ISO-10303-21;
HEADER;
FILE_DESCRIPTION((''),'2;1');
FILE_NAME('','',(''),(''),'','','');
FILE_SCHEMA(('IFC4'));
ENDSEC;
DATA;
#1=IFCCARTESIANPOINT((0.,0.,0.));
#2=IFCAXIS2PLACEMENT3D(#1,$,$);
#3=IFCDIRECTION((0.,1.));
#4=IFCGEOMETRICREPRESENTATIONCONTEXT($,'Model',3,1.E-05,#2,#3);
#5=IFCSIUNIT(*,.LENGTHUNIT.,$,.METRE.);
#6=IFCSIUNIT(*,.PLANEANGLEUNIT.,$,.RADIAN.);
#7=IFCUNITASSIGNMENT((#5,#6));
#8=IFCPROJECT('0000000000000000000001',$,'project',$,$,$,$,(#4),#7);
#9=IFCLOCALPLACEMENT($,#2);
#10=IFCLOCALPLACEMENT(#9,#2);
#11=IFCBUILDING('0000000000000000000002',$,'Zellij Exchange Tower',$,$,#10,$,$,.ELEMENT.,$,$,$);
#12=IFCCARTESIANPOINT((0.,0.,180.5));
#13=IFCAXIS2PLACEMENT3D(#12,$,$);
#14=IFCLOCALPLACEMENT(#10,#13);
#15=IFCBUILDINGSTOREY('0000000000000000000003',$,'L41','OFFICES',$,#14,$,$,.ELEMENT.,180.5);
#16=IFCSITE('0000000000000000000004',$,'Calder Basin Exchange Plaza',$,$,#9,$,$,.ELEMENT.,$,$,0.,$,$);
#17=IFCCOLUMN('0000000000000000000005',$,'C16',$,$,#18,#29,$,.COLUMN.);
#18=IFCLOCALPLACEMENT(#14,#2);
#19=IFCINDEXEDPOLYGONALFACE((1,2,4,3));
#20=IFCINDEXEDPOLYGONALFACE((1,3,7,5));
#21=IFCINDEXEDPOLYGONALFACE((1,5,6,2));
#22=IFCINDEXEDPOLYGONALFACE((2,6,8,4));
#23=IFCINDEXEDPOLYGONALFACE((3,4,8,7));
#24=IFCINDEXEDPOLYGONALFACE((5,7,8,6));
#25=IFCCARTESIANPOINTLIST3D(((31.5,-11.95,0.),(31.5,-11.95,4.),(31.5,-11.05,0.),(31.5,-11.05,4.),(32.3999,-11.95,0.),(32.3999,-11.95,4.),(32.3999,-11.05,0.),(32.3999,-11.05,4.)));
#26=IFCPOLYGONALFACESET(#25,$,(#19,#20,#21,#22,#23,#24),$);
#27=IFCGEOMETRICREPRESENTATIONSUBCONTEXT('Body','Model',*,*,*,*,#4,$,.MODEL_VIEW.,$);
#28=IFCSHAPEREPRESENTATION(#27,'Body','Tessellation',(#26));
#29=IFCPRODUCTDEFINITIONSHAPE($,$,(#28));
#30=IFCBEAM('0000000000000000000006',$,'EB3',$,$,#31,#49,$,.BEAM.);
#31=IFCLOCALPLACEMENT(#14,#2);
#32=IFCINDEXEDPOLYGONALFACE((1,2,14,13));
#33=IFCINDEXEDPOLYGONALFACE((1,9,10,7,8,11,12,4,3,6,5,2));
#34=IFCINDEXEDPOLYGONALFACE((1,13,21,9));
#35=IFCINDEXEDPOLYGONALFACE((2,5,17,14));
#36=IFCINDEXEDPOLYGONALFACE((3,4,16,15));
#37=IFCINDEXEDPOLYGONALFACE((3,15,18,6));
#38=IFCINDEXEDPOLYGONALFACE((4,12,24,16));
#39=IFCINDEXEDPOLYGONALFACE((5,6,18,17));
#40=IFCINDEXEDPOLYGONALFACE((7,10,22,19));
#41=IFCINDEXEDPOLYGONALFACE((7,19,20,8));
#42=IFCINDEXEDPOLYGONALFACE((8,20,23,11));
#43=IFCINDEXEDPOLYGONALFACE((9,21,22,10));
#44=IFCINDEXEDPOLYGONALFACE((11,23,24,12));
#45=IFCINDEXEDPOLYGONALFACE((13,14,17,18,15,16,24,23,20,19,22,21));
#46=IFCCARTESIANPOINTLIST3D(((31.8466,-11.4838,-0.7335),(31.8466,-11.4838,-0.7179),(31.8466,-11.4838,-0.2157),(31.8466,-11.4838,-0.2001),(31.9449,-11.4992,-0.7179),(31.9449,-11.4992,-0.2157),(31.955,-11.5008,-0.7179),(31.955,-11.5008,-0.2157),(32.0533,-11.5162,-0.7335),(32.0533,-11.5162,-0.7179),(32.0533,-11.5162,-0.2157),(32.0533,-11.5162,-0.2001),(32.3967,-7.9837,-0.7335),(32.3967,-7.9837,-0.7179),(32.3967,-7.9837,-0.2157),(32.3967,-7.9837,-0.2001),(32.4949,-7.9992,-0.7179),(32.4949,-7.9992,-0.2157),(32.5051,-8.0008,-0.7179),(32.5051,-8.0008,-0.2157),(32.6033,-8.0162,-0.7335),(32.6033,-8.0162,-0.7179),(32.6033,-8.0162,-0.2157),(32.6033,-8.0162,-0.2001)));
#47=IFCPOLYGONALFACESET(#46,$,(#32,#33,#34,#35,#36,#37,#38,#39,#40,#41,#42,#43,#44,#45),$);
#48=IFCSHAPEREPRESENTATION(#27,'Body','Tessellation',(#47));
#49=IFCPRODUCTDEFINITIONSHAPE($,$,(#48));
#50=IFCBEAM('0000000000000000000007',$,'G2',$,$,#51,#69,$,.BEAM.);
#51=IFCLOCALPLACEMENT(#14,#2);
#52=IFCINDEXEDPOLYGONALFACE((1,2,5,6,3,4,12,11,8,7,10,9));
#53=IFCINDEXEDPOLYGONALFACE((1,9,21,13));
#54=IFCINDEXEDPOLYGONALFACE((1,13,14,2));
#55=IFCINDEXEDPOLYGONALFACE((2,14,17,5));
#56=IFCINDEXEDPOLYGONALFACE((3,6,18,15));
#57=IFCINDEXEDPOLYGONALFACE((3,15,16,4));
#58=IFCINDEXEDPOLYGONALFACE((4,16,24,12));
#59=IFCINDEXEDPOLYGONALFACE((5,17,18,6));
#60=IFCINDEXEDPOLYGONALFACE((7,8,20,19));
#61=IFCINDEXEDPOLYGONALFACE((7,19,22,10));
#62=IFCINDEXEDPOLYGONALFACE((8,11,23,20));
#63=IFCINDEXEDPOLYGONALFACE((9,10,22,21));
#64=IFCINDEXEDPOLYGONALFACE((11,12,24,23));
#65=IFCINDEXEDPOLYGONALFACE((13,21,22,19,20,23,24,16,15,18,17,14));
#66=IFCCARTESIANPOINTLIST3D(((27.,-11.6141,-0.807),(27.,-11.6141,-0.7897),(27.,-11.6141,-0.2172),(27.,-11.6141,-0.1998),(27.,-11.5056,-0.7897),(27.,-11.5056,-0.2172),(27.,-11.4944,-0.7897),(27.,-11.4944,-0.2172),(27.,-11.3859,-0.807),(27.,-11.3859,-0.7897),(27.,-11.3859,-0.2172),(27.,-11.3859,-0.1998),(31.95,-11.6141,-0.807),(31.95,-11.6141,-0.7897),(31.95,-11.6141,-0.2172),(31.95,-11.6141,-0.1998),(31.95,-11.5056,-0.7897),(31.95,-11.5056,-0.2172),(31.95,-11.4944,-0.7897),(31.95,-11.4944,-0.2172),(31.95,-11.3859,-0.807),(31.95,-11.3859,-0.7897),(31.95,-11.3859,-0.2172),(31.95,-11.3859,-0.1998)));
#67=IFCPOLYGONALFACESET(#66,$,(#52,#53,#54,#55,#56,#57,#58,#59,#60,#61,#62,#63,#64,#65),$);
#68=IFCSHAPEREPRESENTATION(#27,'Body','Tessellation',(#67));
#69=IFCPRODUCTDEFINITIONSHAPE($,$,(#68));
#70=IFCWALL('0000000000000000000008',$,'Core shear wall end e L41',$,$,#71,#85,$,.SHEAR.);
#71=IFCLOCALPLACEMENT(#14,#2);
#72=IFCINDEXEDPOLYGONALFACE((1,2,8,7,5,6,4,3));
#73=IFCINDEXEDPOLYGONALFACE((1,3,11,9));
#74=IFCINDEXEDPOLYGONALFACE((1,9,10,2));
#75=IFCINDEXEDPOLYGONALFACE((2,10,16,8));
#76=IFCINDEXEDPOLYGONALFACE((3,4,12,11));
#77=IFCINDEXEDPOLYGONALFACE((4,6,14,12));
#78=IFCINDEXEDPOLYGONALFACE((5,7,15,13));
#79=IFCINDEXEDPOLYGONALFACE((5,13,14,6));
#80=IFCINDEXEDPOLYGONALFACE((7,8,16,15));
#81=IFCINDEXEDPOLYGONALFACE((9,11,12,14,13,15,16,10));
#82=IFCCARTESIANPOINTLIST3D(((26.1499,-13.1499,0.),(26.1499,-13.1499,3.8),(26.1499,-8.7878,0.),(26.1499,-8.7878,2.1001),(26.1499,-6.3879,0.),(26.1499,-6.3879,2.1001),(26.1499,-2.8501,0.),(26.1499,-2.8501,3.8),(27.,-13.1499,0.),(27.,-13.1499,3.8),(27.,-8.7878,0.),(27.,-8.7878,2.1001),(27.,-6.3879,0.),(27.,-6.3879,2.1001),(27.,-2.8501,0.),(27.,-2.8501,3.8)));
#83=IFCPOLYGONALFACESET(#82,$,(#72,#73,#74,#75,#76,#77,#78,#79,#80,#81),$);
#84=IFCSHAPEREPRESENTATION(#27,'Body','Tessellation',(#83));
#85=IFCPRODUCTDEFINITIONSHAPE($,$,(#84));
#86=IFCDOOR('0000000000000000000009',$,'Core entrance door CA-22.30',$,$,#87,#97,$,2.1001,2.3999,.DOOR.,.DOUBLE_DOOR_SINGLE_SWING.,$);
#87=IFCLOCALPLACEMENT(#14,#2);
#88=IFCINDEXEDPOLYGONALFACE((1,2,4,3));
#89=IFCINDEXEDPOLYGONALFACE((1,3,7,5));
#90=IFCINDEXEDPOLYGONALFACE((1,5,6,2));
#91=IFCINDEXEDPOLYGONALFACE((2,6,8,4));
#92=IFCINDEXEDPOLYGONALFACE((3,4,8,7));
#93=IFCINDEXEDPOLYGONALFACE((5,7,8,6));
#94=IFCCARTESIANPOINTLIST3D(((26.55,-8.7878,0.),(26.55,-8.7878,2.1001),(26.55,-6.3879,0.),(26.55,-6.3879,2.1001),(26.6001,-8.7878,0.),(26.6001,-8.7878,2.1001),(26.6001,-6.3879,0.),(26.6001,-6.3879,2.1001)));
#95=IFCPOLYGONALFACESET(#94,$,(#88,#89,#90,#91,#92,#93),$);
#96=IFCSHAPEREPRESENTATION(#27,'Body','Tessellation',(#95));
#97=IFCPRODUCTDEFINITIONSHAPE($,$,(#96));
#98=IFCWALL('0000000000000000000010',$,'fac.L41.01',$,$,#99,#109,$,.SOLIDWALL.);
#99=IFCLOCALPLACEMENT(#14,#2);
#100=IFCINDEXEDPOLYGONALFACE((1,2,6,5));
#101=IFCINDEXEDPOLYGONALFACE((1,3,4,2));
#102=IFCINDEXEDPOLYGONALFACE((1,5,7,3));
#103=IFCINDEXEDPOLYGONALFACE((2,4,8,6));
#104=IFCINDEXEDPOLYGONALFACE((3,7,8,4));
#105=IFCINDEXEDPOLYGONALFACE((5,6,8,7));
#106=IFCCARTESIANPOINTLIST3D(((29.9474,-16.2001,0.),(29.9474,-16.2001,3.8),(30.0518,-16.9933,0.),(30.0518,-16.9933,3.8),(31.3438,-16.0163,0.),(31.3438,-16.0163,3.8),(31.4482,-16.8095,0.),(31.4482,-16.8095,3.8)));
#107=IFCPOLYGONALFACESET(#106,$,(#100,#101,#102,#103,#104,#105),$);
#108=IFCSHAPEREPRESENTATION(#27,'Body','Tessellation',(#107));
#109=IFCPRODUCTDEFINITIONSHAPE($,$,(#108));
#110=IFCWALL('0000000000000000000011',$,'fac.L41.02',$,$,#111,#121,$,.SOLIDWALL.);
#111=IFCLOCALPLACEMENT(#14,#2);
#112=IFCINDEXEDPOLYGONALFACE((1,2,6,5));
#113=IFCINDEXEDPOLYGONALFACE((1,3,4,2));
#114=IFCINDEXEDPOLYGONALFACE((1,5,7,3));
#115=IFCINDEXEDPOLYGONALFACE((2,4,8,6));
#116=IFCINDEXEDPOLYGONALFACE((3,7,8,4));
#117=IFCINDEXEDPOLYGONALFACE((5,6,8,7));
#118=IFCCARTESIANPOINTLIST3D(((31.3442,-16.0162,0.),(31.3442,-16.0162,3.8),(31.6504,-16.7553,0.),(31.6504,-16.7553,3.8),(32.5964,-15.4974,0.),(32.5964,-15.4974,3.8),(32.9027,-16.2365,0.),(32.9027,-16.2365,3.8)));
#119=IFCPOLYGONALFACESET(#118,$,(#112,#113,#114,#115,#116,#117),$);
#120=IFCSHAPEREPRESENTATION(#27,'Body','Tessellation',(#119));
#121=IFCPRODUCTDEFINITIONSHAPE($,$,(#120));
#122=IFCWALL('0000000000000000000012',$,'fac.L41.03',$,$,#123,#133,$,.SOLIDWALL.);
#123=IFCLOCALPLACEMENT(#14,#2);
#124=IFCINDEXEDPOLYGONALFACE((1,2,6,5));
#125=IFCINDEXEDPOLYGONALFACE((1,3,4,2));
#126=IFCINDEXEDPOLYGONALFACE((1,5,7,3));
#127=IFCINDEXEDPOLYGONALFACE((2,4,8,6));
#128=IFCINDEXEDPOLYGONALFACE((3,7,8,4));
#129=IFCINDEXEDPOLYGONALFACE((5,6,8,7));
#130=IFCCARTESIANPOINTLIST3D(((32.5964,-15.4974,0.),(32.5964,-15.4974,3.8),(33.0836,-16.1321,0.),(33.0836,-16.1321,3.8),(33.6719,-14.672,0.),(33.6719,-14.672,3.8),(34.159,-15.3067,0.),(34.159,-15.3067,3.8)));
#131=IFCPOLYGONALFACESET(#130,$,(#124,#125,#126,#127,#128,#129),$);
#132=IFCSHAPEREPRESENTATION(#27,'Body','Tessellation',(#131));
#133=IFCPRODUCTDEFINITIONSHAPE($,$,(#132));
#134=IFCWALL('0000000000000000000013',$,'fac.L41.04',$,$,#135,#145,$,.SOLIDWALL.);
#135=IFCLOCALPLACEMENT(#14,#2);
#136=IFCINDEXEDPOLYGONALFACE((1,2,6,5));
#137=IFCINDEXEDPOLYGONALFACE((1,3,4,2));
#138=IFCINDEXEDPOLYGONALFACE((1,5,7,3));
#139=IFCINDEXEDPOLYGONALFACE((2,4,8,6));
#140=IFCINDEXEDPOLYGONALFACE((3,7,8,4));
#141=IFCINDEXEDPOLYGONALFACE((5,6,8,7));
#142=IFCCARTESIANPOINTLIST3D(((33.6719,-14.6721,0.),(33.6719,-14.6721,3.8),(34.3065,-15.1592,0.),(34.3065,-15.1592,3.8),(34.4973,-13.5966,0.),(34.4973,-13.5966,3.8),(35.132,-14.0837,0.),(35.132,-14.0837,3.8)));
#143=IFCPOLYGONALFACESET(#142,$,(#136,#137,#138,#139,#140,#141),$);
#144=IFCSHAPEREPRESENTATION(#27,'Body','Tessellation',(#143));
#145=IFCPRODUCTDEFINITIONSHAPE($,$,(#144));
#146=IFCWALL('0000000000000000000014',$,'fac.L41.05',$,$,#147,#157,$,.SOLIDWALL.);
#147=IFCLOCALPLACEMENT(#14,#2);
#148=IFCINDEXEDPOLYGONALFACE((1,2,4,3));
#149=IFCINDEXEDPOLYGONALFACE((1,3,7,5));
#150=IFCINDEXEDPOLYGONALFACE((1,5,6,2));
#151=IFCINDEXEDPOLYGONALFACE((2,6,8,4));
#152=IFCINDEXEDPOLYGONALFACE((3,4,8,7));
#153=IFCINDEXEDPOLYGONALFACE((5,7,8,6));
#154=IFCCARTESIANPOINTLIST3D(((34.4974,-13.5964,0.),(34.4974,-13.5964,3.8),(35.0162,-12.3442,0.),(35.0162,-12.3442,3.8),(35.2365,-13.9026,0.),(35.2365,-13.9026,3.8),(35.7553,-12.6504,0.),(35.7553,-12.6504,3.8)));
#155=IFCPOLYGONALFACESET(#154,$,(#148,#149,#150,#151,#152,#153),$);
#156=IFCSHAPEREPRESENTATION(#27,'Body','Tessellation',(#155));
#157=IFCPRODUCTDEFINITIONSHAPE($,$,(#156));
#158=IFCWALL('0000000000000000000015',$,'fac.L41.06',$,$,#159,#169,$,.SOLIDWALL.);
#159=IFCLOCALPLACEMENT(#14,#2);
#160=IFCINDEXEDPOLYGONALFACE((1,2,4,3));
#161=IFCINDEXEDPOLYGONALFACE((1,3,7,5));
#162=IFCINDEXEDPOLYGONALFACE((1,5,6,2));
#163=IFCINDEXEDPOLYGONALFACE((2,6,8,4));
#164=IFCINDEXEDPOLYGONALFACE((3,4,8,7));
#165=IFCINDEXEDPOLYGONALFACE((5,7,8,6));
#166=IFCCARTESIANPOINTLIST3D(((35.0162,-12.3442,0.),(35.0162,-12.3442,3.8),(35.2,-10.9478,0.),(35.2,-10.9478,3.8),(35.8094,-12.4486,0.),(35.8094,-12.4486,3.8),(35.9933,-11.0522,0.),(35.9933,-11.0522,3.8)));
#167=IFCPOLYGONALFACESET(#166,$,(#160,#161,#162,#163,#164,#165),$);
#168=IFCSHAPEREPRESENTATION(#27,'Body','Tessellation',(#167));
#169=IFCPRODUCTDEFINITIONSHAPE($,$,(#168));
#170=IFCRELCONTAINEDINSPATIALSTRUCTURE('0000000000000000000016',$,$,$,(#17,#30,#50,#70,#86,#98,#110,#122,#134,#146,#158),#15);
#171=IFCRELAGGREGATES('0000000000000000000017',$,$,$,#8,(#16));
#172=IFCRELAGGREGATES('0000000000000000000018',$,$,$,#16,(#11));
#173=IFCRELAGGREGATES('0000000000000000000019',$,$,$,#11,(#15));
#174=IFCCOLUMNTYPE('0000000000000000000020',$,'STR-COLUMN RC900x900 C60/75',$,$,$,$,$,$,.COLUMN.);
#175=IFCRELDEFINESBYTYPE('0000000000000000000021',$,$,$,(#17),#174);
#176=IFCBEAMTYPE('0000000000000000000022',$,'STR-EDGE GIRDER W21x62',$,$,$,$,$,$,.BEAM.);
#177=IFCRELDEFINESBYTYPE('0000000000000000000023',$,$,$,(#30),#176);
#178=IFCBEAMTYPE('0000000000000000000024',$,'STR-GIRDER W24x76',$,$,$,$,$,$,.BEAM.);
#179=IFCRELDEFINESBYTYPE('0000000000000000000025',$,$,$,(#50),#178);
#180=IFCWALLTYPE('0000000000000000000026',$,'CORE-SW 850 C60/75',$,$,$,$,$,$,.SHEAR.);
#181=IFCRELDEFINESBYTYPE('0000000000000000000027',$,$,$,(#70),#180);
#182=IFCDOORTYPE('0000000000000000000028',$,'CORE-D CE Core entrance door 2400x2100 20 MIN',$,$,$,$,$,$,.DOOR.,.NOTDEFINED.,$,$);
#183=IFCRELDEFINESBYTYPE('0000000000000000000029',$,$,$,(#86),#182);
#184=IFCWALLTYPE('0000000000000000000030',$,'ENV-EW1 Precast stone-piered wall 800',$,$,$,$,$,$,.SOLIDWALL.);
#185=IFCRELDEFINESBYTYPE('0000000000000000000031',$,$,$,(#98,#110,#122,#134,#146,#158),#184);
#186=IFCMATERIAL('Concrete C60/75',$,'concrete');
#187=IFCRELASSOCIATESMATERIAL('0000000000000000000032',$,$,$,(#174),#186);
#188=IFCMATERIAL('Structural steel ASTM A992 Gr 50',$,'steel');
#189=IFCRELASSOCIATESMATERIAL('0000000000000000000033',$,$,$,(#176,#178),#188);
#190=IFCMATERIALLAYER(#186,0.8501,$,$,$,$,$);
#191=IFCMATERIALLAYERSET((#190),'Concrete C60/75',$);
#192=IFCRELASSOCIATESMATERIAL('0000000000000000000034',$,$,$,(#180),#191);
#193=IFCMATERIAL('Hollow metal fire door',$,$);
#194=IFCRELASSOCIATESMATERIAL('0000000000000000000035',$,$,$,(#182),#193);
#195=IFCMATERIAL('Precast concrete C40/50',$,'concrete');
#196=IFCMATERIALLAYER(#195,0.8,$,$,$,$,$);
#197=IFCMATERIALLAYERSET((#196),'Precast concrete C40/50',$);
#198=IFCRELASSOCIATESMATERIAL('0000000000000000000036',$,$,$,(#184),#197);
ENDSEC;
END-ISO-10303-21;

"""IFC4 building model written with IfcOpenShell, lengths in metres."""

from ifc_helpers import new_model, si_unit, direction, frame, frame_2d, origin, origin_2d, place, context, subcontext, project, spatial, rectangle, i_section, extrude, material, layer, layer_set, material_profile, profile_set, type_object, element, fill, save


model = new_model("IFC4")

# Units and contexts
model_context = context("Model", 3, precision=1e-05, world=origin(), true_north=direction((0.0, 1.0)))
body_context = subcontext(model_context, "Body", "Model", "MODEL_VIEW")
ifc_project = project(units=[si_unit("LENGTHUNIT", "METRE"), si_unit("PLANEANGLEUNIT", "RADIAN")], contexts=[model_context])

# Site, building, storey
site_placement = place(None, origin())
site = spatial("IfcSite", under=ifc_project, at=site_placement, Name="Calder Basin Exchange Plaza", CompositionType="ELEMENT", RefElevation=0.0)
building_placement = place(site_placement, origin())
building = spatial("IfcBuilding", under=site, at=building_placement, Name="Zellij Exchange Tower", CompositionType="ELEMENT")
storey_placement = place(building_placement, frame((0.0, 0.0, 180.5)))
storey = spatial("IfcBuildingStorey", under=building, at=storey_placement, Name="L41", Description="OFFICES", CompositionType="ELEMENT", Elevation=180.5)

# Column
ifc_material_1 = material(Name="Concrete C60/75", Category="concrete")
ifc_material_profile_1 = material_profile(ifc_material_1, rectangle(XDim=0.8999, YDim=0.8999, at=origin_2d()), Name="STR-COLUMN RC900x900 C60/75")
ifc_profile_set_1 = profile_set([ifc_material_profile_1], Name="Concrete C60/75")
column_type = type_object("IfcColumnType", Name="STR-COLUMN RC900x900 C60/75", PredefinedType="COLUMN", material=ifc_profile_set_1)
column_placement = place(storey_placement, frame((31.95, -11.5, 0.0), z_axis=(0.0, 0.0, 1.0), x_axis=(1.0, 0.0, 0.0)))
element("IfcColumn", 1, at=column_placement, inside=storey, type_object=column_type, Name="C16", PredefinedType="COLUMN", context=body_context, shape_type="SweptSolid", body=[
    extrude(rectangle(XDim=0.8999, YDim=0.8999, at=origin_2d()), origin(), (0.0, 0.0, 1.0), 4.0),
])

# Beams
ifc_material_2 = material(Name="Structural steel ASTM A992 Gr 50", Category="steel")
ifc_material_profile_2 = material_profile(ifc_material_2, i_section(OverallWidth=0.2092, OverallDepth=0.5334, WebThickness=0.0103, FlangeThickness=0.0156, at=origin_2d()), Name="W21x62")
ifc_profile_set_2 = profile_set([ifc_material_profile_2], Name="Structural steel ASTM A992 Gr 50")
beam_type_1 = type_object("IfcBeamType", Name="STR-EDGE GIRDER W21x62", PredefinedType="BEAM", material=ifc_profile_set_2)
beam_1_placement = place(storey_placement, frame((31.95, -11.5, -0.4668), z_axis=(0.155251, 0.987875, 0.0), x_axis=(-0.987875, 0.155251, 0.0)))
element("IfcBeam", 2, at=beam_1_placement, inside=storey, type_object=beam_type_1, Name="EB3", PredefinedType="BEAM", context=body_context, shape_type="SweptSolid", body=[
    extrude(i_section(OverallWidth=0.2092, OverallDepth=0.5334, WebThickness=0.0103, FlangeThickness=0.0156, at=origin_2d()), origin(), (0.0, 0.0, 1.0), 3.543),
])
ifc_material_profile_3 = material_profile(ifc_material_2, i_section(OverallWidth=0.2283, OverallDepth=0.6072, WebThickness=0.0112, FlangeThickness=0.0173, at=origin_2d()), Name="W24x76")
ifc_profile_set_3 = profile_set([ifc_material_profile_3], Name="Structural steel ASTM A992 Gr 50")
beam_type_2 = type_object("IfcBeamType", Name="STR-GIRDER W24x76", PredefinedType="BEAM", material=ifc_profile_set_3)
beam_2_placement = place(storey_placement, frame((27.0, -11.5, -0.5034), z_axis=(1.0, 0.0, 0.0), x_axis=(0.0, 1.0, 0.0)))
element("IfcBeam", 3, at=beam_2_placement, inside=storey, type_object=beam_type_2, Name="G2", PredefinedType="BEAM", context=body_context, shape_type="SweptSolid", body=[
    extrude(i_section(OverallWidth=0.2283, OverallDepth=0.6072, WebThickness=0.0112, FlangeThickness=0.0173, at=origin_2d()), origin(), (0.0, 0.0, 1.0), 4.95),
])

# Wall, opening, door
ifc_layer_1 = layer(ifc_material_1, 0.8501)
ifc_layer_set_1 = layer_set([ifc_layer_1], Name="Concrete C60/75")
wall_type_1 = type_object("IfcWallType", Name="CORE-SW 850 C60/75", PredefinedType="SHEAR", material=ifc_layer_set_1)
wall_1_placement = place(storey_placement, frame((26.575, -13.1499, 0.0), z_axis=(0.0, 0.0, 1.0), x_axis=(0.0, 1.0, 0.0)))
wall_1 = element("IfcWall", 4, at=wall_1_placement, inside=storey, type_object=wall_type_1, Name="Core shear wall end e L41", PredefinedType="SHEAR", context=body_context, shape_type="SweptSolid", body=[
    extrude(rectangle(XDim=10.2998, YDim=0.8501, at=frame_2d((5.1499, 0.0))), origin(), (0.0, 0.0, 1.0), 3.8),
])
opening_1_placement = place(wall_1_placement, frame((4.3621, 0.0, 0.0)))
opening_1 = element("IfcOpeningElement", 5, at=opening_1_placement, cuts=wall_1, PredefinedType="OPENING", context=body_context, shape_type="SweptSolid", body=[
    extrude(rectangle(XDim=2.3999, YDim=2.1001, at=frame_2d((1.2, 1.05))), frame((0.0, 0.437, 0.0), z_axis=(0.0, -1.0, 0.0), x_axis=(1.0, 0.0, 0.0)), (0.0, 0.0, 1.0), 0.874),
])
ifc_material_3 = material(Name="Hollow metal fire door")
door_type_1 = type_object("IfcDoorType", Name="CORE-D CE Core entrance door 2400x2100 20 MIN", OperationType="NOTDEFINED", PredefinedType="DOOR", material=ifc_material_3)
door_1_placement = place(opening_1_placement, origin())
door_1 = element("IfcDoor", 6, at=door_1_placement, inside=storey, type_object=door_type_1, Name="Core entrance door CA-22.30", OperationType="DOUBLE_DOOR_SINGLE_SWING", OverallHeight=2.1001, OverallWidth=2.3999, PredefinedType="DOOR", context=body_context, shape_type="SweptSolid", body=[
    extrude(rectangle(XDim=2.3999, YDim=2.1001, at=frame_2d((1.2, 1.05))), frame((0.0, 0.0249, 0.0), z_axis=(0.0, -1.0, 0.0), x_axis=(1.0, 0.0, 0.0)), (0.0, 0.0, 1.0), 0.05),
])
fill(opening_1, door_1)

# Walls
ifc_material_4 = material(Name="Precast concrete C40/50", Category="concrete")
ifc_layer_2 = layer(ifc_material_4, 0.8)
ifc_layer_set_2 = layer_set([ifc_layer_2], Name="Precast concrete C40/50")
wall_type_2 = type_object("IfcWallType", Name="ENV-EW1 Precast stone-piered wall 800", PredefinedType="SOLIDWALL", material=ifc_layer_set_2)
wall_2_placement = place(storey_placement, frame((29.9998, -16.5967, 0.0), z_axis=(0.0, 0.0, 1.0), x_axis=(0.991446, 0.130517, 0.0)))
element("IfcWall", 7, at=wall_2_placement, inside=storey, type_object=wall_type_2, Name="fac.L41.01", PredefinedType="SOLIDWALL", context=body_context, shape_type="SweptSolid", body=[
    extrude(rectangle(XDim=1.4084, YDim=0.8, at=frame_2d((0.7041, 0.0))), origin(), (0.0, 0.0, 1.0), 3.8),
])
wall_3_placement = place(storey_placement, frame((31.4973, -16.3857, 0.0), z_axis=(0.0, 0.0, 1.0), x_axis=(0.923848, 0.38276, 0.0)))
element("IfcWall", 8, at=wall_3_placement, inside=storey, type_object=wall_type_2, Name="fac.L41.02", PredefinedType="SOLIDWALL", context=body_context, shape_type="SweptSolid", body=[
    extrude(rectangle(XDim=1.3555, YDim=0.8, at=frame_2d((0.6777, 0.0))), origin(), (0.0, 0.0, 1.0), 3.8),
])
for number, where, z_axis, x_axis, name in (
    (9, (32.8401, -15.8147, 0.0), (0.0, 0.0, 1.0), (0.793273, 0.608866, 0.0), "fac.L41.03"),
    (10, (33.9893, -14.9155, 0.0), (0.0, 0.0, 1.0), (0.608866, 0.793273, 0.0), "fac.L41.04"),
):
    element("IfcWall", number, at=place(storey_placement, frame(where, z_axis=z_axis, x_axis=x_axis)), inside=storey, type_object=wall_type_2, Name=name, PredefinedType="SOLIDWALL", context=body_context, shape_type="SweptSolid", body=[
        extrude(rectangle(XDim=1.3557, YDim=0.8, at=frame_2d((0.6777, 0.0))), origin(), (0.0, 0.0, 1.0), 3.8),
    ])
wall_4_placement = place(storey_placement, frame((34.8669, -13.7495, 0.0), z_axis=(0.0, 0.0, 1.0), x_axis=(0.38276, 0.923848, 0.0)))
element("IfcWall", 11, at=wall_4_placement, inside=storey, type_object=wall_type_2, Name="fac.L41.05", PredefinedType="SOLIDWALL", context=body_context, shape_type="SweptSolid", body=[
    extrude(rectangle(XDim=1.3555, YDim=0.8, at=frame_2d((0.6777, 0.0))), origin(), (0.0, 0.0, 1.0), 3.8),
])
wall_5_placement = place(storey_placement, frame((35.4128, -12.3962, 0.0), z_axis=(0.0, 0.0, 1.0), x_axis=(0.130517, 0.991446, 0.0)))
element("IfcWall", 12, at=wall_5_placement, inside=storey, type_object=wall_type_2, Name="fac.L41.06", PredefinedType="SOLIDWALL", context=body_context, shape_type="SweptSolid", body=[
    extrude(rectangle(XDim=1.4084, YDim=0.8, at=frame_2d((0.7041, 0.0))), origin(), (0.0, 0.0, 1.0), 3.8),
])

save(model, "model.ifc")
